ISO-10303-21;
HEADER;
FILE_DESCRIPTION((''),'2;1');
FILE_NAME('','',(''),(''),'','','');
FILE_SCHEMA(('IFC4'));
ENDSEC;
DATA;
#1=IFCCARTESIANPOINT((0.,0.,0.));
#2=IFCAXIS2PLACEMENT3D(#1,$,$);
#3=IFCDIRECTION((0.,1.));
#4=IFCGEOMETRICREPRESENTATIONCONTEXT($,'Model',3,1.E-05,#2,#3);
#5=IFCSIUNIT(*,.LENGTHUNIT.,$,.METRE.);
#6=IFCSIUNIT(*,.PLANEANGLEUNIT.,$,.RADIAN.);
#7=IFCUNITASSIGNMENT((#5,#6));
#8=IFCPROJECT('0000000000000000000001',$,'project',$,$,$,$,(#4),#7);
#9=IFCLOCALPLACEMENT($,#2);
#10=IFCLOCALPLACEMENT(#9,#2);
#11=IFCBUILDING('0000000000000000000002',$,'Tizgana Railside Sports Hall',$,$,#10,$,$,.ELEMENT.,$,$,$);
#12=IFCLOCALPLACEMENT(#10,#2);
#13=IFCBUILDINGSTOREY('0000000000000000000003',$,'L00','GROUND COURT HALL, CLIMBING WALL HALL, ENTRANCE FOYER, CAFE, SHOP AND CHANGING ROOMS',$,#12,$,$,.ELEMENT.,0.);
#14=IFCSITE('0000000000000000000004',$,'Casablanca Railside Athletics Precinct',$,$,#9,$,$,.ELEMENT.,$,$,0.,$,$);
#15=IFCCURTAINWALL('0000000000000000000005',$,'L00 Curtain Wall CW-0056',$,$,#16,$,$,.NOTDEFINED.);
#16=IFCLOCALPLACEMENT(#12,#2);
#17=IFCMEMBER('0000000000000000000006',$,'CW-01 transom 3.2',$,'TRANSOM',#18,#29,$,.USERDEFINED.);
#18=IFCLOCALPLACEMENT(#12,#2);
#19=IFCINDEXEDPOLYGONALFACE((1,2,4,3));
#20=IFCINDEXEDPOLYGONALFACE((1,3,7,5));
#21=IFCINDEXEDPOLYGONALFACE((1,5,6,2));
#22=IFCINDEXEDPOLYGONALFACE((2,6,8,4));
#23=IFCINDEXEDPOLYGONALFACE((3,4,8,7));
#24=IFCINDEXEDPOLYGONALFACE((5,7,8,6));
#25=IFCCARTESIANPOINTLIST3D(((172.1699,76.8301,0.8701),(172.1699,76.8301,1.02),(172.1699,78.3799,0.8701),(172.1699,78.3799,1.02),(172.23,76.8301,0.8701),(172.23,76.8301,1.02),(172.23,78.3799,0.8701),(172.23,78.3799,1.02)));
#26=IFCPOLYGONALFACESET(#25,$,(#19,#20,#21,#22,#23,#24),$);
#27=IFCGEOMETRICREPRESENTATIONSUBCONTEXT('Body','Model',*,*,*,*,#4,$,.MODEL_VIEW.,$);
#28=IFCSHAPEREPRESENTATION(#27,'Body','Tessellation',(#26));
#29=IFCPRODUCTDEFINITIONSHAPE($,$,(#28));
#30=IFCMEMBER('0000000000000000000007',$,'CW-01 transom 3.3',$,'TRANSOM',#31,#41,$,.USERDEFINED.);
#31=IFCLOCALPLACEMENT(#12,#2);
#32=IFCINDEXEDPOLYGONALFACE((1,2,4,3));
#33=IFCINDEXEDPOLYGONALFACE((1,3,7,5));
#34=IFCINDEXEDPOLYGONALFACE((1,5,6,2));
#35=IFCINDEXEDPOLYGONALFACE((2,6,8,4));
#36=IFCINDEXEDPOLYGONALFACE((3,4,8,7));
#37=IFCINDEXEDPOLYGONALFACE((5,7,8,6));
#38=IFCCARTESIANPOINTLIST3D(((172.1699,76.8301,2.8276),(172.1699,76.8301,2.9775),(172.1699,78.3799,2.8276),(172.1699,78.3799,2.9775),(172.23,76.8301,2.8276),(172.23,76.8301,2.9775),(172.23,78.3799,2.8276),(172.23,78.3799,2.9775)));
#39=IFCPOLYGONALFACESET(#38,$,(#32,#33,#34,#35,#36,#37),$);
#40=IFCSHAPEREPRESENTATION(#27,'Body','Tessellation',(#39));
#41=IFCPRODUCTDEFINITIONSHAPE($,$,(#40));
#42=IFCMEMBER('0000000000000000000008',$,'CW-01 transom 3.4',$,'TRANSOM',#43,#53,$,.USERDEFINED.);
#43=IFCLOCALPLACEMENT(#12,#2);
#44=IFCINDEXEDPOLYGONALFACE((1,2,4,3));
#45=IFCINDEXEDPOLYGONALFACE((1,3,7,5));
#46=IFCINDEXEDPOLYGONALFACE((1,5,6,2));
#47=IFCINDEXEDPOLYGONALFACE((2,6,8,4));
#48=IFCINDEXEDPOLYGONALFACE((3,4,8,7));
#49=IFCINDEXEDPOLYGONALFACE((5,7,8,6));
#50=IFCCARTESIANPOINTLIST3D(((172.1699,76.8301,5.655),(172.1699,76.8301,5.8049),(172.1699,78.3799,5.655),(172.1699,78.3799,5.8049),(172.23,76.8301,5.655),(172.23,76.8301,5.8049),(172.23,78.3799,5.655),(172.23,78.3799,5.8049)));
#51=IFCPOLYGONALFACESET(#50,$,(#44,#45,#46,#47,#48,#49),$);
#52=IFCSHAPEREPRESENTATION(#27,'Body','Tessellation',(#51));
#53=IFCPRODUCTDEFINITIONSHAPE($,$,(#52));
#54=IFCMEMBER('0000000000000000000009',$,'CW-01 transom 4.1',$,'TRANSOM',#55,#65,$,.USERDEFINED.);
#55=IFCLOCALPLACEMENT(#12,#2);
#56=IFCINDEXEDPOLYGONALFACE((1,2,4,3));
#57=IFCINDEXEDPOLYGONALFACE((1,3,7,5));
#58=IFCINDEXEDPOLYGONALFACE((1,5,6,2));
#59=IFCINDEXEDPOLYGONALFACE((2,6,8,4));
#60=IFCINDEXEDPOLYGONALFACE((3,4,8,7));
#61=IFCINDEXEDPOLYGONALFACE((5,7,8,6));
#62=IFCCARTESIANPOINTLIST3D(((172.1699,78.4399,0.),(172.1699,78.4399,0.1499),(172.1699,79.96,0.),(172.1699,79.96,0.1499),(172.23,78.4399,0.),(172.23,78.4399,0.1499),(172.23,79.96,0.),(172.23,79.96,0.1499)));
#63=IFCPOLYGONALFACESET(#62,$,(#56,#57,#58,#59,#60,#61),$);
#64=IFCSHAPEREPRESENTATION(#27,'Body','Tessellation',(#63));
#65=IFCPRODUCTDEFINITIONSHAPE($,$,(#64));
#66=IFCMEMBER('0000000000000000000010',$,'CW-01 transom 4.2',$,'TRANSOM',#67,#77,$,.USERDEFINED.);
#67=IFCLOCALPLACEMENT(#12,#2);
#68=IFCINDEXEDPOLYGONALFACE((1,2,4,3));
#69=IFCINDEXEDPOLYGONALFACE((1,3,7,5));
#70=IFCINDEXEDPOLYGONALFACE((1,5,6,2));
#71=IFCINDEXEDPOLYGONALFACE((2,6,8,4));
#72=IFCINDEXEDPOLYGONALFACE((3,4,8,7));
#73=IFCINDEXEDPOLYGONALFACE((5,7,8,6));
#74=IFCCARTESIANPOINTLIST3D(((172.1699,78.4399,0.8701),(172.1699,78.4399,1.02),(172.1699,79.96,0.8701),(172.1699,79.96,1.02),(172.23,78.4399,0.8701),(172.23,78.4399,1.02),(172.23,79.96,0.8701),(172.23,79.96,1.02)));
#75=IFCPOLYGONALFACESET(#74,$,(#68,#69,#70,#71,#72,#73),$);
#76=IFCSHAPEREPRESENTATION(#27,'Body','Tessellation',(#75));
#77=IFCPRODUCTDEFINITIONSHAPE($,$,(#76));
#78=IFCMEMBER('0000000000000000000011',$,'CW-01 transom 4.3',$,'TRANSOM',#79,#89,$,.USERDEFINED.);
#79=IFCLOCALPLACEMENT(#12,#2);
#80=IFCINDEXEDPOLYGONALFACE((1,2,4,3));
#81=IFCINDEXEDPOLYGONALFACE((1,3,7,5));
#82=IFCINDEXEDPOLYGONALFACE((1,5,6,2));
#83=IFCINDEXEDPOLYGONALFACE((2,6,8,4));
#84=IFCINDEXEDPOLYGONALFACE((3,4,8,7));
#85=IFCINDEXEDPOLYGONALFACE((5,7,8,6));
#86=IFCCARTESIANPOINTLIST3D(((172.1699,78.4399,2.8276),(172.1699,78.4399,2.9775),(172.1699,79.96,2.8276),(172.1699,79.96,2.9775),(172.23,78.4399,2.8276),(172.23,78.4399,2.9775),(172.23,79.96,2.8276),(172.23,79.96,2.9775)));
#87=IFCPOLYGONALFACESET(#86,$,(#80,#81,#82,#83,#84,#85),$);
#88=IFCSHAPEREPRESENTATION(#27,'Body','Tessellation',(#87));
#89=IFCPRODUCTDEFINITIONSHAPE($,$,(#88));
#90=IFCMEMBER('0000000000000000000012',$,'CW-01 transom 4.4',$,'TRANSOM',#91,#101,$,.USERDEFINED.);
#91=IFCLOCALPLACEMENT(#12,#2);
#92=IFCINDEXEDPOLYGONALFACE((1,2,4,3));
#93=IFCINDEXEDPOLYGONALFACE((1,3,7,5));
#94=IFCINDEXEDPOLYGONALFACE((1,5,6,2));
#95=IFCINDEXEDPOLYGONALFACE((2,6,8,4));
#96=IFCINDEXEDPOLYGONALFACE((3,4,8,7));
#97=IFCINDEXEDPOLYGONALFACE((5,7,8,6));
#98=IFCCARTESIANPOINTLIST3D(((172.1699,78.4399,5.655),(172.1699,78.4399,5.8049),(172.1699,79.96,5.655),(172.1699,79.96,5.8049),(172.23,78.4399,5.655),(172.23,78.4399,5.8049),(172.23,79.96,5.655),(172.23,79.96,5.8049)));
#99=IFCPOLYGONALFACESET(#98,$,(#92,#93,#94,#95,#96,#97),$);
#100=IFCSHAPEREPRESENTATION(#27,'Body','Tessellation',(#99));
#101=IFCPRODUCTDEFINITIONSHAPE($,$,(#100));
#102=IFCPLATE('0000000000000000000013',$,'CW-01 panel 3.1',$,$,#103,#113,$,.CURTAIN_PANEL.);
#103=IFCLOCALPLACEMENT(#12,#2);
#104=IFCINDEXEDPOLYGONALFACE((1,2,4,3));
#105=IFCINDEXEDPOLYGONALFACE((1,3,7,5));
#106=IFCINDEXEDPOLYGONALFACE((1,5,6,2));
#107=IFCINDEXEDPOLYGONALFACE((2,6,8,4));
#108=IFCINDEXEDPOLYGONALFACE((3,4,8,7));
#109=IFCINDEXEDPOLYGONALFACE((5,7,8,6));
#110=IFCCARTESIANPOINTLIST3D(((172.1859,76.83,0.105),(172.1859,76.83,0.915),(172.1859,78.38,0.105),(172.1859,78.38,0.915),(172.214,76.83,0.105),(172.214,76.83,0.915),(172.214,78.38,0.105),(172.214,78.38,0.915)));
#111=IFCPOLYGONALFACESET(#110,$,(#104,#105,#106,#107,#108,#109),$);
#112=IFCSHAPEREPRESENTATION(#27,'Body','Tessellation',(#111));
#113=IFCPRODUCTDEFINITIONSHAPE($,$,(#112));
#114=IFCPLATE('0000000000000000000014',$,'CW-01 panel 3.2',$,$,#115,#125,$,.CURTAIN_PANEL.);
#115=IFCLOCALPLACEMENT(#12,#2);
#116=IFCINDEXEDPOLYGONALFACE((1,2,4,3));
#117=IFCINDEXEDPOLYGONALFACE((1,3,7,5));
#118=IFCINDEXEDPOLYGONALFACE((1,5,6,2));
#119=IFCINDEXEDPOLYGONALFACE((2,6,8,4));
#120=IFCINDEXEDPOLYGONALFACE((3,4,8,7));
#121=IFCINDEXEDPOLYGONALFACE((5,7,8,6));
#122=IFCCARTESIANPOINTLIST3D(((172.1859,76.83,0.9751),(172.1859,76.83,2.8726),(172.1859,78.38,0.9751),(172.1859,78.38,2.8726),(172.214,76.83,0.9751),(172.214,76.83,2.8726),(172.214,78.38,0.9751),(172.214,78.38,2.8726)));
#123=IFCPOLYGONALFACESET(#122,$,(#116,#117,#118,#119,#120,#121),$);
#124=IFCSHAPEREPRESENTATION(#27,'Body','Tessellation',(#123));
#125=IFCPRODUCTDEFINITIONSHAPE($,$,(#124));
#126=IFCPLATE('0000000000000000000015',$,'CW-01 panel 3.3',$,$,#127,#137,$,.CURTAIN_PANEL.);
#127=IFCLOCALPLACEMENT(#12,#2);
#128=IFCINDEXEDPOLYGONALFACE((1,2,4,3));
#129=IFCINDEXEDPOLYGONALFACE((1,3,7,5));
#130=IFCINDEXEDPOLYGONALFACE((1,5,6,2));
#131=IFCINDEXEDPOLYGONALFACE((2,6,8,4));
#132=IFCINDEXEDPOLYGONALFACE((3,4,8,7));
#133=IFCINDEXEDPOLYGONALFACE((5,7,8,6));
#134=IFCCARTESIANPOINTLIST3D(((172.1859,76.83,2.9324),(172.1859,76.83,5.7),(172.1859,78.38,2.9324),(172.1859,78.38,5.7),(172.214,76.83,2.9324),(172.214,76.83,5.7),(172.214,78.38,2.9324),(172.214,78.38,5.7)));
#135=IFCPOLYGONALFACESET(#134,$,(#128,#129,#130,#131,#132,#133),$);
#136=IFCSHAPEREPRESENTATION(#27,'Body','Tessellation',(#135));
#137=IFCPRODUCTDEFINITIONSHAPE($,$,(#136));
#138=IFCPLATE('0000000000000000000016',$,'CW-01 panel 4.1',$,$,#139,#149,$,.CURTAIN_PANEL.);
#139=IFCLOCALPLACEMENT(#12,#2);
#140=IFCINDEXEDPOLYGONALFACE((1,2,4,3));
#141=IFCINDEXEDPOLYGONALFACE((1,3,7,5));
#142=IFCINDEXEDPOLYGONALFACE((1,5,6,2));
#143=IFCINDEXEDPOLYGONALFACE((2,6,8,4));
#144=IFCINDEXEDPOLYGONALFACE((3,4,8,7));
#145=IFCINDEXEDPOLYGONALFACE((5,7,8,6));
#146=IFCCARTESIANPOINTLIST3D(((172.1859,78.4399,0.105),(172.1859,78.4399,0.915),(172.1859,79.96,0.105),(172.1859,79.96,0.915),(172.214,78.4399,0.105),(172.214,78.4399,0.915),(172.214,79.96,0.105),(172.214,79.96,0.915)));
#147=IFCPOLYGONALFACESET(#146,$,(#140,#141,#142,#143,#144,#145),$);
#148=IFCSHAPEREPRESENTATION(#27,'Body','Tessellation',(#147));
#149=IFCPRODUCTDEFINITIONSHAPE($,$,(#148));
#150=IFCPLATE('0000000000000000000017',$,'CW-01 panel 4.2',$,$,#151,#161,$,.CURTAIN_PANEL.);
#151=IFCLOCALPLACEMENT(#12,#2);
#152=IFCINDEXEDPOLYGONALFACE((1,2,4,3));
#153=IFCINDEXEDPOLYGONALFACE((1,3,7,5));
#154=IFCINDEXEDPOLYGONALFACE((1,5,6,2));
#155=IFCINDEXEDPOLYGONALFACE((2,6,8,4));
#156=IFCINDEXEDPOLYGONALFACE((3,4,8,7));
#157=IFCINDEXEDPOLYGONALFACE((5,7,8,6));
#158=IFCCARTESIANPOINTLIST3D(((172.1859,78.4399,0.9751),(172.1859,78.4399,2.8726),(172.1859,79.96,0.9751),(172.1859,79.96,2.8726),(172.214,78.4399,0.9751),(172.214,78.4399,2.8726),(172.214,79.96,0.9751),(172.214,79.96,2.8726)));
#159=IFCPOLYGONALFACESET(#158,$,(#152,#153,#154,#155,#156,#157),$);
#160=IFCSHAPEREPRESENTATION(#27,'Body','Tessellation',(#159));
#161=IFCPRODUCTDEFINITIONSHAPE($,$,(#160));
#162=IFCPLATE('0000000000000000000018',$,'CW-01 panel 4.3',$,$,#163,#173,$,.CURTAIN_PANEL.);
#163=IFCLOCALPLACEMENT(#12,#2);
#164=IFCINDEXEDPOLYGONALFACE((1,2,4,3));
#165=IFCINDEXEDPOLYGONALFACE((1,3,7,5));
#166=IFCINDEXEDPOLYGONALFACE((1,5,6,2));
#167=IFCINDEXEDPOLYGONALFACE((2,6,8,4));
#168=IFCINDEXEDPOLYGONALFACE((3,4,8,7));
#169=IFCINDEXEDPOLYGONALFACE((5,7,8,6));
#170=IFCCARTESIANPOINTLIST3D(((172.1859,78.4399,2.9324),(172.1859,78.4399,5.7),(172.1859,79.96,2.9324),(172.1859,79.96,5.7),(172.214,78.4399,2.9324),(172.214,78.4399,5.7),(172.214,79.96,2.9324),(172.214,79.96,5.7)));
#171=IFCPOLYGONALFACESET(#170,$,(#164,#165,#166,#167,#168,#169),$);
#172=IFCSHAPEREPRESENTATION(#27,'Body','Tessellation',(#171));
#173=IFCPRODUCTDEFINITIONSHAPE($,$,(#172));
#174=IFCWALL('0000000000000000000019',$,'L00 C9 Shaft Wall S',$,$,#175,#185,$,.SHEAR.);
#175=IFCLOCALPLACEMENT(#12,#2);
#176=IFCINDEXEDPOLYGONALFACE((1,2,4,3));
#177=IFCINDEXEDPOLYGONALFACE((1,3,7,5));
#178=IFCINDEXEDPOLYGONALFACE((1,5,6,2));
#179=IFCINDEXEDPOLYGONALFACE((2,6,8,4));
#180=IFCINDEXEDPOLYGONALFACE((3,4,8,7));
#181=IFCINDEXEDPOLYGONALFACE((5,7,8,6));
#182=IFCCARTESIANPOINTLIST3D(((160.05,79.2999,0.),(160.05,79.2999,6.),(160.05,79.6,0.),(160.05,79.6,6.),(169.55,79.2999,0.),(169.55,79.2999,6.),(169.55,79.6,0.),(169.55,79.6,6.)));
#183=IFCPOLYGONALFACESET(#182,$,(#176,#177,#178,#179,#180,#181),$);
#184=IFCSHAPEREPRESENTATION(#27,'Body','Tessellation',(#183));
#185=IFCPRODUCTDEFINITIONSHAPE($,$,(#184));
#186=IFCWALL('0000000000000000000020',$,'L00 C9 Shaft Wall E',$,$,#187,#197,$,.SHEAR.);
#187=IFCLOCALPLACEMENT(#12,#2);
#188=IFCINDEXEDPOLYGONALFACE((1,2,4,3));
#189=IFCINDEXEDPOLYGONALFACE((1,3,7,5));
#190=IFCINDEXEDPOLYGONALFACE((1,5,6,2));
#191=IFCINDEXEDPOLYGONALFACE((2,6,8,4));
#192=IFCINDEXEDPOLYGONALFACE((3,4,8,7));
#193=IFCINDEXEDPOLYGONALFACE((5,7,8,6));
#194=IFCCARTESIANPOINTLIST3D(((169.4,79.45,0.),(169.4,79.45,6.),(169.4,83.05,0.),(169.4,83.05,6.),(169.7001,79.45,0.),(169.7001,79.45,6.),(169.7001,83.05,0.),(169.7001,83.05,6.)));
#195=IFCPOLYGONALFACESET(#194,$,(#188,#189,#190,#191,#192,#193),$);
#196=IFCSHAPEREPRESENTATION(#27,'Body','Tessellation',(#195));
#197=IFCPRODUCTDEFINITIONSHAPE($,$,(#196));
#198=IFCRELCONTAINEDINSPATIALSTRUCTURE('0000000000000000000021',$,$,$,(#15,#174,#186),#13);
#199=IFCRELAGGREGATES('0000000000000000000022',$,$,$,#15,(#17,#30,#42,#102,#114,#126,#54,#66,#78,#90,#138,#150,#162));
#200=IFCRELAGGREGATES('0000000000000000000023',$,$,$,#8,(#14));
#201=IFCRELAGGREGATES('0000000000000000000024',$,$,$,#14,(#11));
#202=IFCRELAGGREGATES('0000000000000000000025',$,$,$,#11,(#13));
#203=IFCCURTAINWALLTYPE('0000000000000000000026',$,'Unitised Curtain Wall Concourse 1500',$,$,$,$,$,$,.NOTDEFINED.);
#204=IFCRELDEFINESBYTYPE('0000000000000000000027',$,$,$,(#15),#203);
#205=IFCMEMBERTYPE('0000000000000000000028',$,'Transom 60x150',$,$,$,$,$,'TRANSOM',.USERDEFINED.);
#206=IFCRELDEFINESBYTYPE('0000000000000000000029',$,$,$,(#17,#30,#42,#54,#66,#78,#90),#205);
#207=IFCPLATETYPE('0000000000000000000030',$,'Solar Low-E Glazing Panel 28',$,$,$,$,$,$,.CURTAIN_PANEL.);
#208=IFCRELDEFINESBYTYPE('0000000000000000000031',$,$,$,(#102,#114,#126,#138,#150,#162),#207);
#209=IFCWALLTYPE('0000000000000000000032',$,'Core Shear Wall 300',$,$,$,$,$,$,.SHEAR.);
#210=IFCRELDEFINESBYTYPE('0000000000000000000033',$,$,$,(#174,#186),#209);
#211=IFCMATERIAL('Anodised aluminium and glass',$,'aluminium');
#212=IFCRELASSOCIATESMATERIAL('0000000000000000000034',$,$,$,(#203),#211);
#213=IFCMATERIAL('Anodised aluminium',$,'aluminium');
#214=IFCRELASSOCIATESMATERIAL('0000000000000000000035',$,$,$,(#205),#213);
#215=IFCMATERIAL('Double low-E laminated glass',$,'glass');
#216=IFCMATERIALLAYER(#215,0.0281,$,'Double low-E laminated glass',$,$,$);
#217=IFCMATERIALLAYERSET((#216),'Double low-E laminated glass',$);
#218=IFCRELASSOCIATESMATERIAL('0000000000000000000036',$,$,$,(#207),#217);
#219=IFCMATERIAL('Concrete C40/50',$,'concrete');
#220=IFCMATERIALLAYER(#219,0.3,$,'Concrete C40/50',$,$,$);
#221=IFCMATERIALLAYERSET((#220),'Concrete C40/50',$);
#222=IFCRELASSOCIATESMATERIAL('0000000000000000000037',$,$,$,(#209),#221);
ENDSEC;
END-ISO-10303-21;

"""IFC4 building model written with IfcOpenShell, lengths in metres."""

from ifc_helpers import new_model, si_unit, direction, frame, frame_2d, origin, origin_2d, place, context, subcontext, project, spatial, rectangle, extrude, material, layer, layer_set, material_profile, profile_set, type_object, element, aggregate, save


model = new_model("IFC4")

# Units and contexts
model_context = context("Model", 3, precision=1e-05, world=origin(), true_north=direction((0.0, 1.0)))
body_context = subcontext(model_context, "Body", "Model", "MODEL_VIEW")
ifc_project = project(units=[si_unit("LENGTHUNIT", "METRE"), si_unit("PLANEANGLEUNIT", "RADIAN")], contexts=[model_context])

# Site, building, storey
site_placement = place(None, origin())
site = spatial("IfcSite", under=ifc_project, at=site_placement, Name="Casablanca Railside Athletics Precinct", CompositionType="ELEMENT", RefElevation=0.0)
building_placement = place(site_placement, origin())
building = spatial("IfcBuilding", under=site, at=building_placement, Name="Tizgana Railside Sports Hall", CompositionType="ELEMENT")
storey_placement = place(building_placement, origin())
storey = spatial("IfcBuildingStorey", under=building, at=storey_placement, Name="L00", Description="GROUND COURT HALL, CLIMBING WALL HALL, ENTRANCE FOYER, CAFE, SHOP AND CHANGING ROOMS", CompositionType="ELEMENT", Elevation=0.0)

# Shared definitions
ifc_material_1 = material(Name="Concrete C40/50", Category="concrete")

# Curtain wall
ifc_material_2 = material(Name="Anodised aluminium and glass", Category="aluminium")
curtain_wall_type_1 = type_object("IfcCurtainWallType", Name="Unitised Curtain Wall Concourse 1500", PredefinedType="NOTDEFINED", material=ifc_material_2)
curtain_wall_1_placement = place(storey_placement, origin())
curtain_wall_1 = element("IfcCurtainWall", 1, at=curtain_wall_1_placement, inside=storey, type_object=curtain_wall_type_1, Name="L00 Curtain Wall CW-0056", PredefinedType="NOTDEFINED")
ifc_material_3 = material(Name="Anodised aluminium", Category="aluminium")

# Members
ifc_material_profile_1 = material_profile(ifc_material_3, rectangle(XDim=0.0601, YDim=0.1499, at=origin_2d()), Name="Transom 60x150")
ifc_profile_set_1 = profile_set([ifc_material_profile_1], Name="Anodised aluminium")
member_type_1 = type_object("IfcMemberType", Name="Transom 60x150", ElementType="TRANSOM", PredefinedType="USERDEFINED", material=ifc_profile_set_1)
member_1_placement = place(storey_placement, frame((172.2, 76.8301, 0.9451), z_axis=(0.0, 1.0, 0.0), x_axis=(-1.0, 0.0, 0.0)))
member_1 = element("IfcMember", 2, at=member_1_placement, type_object=member_type_1, Name="CW-01 transom 3.2", ObjectType="TRANSOM", PredefinedType="USERDEFINED", context=body_context, shape_type="SweptSolid", body=[
    extrude(rectangle(XDim=0.0601, YDim=0.1499, at=origin_2d()), origin(), (0.0, 0.0, 1.0), 1.5498),
])
member_2_placement = place(storey_placement, frame((172.2, 76.8301, 2.9026), z_axis=(0.0, 1.0, 0.0), x_axis=(-1.0, 0.0, 0.0)))
member_2 = element("IfcMember", 3, at=member_2_placement, type_object=member_type_1, Name="CW-01 transom 3.3", ObjectType="TRANSOM", PredefinedType="USERDEFINED", context=body_context, shape_type="SweptSolid", body=[
    extrude(rectangle(XDim=0.0601, YDim=0.1499, at=origin_2d()), origin(), (0.0, 0.0, 1.0), 1.5498),
])
member_3_placement = place(storey_placement, frame((172.2, 76.8301, 5.73), z_axis=(0.0, 1.0, 0.0), x_axis=(-1.0, 0.0, 0.0)))
member_3 = element("IfcMember", 4, at=member_3_placement, type_object=member_type_1, Name="CW-01 transom 3.4", ObjectType="TRANSOM", PredefinedType="USERDEFINED", context=body_context, shape_type="SweptSolid", body=[
    extrude(rectangle(XDim=0.0601, YDim=0.1499, at=origin_2d()), origin(), (0.0, 0.0, 1.0), 1.5498),
])
member_4_placement = place(storey_placement, frame((172.2, 78.4399, 0.075), z_axis=(0.0, 1.0, 0.0), x_axis=(-1.0, 0.0, 0.0)))
member_4 = element("IfcMember", 5, at=member_4_placement, type_object=member_type_1, Name="CW-01 transom 4.1", ObjectType="TRANSOM", PredefinedType="USERDEFINED", context=body_context, shape_type="SweptSolid", body=[
    extrude(rectangle(XDim=0.0601, YDim=0.1499, at=origin_2d()), origin(), (0.0, 0.0, 1.0), 1.52),
])
member_5_placement = place(storey_placement, frame((172.2, 78.4399, 0.9451), z_axis=(0.0, 1.0, 0.0), x_axis=(-1.0, 0.0, 0.0)))
member_5 = element("IfcMember", 6, at=member_5_placement, type_object=member_type_1, Name="CW-01 transom 4.2", ObjectType="TRANSOM", PredefinedType="USERDEFINED", context=body_context, shape_type="SweptSolid", body=[
    extrude(rectangle(XDim=0.0601, YDim=0.1499, at=origin_2d()), origin(), (0.0, 0.0, 1.0), 1.52),
])
member_6_placement = place(storey_placement, frame((172.2, 78.4399, 2.9026), z_axis=(0.0, 1.0, 0.0), x_axis=(-1.0, 0.0, 0.0)))
member_6 = element("IfcMember", 7, at=member_6_placement, type_object=member_type_1, Name="CW-01 transom 4.3", ObjectType="TRANSOM", PredefinedType="USERDEFINED", context=body_context, shape_type="SweptSolid", body=[
    extrude(rectangle(XDim=0.0601, YDim=0.1499, at=origin_2d()), origin(), (0.0, 0.0, 1.0), 1.52),
])
member_7_placement = place(storey_placement, frame((172.2, 78.4399, 5.73), z_axis=(0.0, 1.0, 0.0), x_axis=(-1.0, 0.0, 0.0)))
member_7 = element("IfcMember", 8, at=member_7_placement, type_object=member_type_1, Name="CW-01 transom 4.4", ObjectType="TRANSOM", PredefinedType="USERDEFINED", context=body_context, shape_type="SweptSolid", body=[
    extrude(rectangle(XDim=0.0601, YDim=0.1499, at=origin_2d()), origin(), (0.0, 0.0, 1.0), 1.52),
])

# Plates
ifc_material_4 = material(Name="Double low-E laminated glass", Category="glass")
ifc_layer_1 = layer(ifc_material_4, 0.0281, Name="Double low-E laminated glass")
ifc_layer_set_1 = layer_set([ifc_layer_1], Name="Double low-E laminated glass")
plate_type = type_object("IfcPlateType", Name="Solar Low-E Glazing Panel 28", PredefinedType="CURTAIN_PANEL", material=ifc_layer_set_1)
plate_1_placement = place(storey_placement, frame((172.2, 77.605, 0.105), z_axis=(0.0, 0.0, 1.0), x_axis=(0.0, 1.0, 0.0)))
plate_1 = element("IfcPlate", 9, at=plate_1_placement, type_object=plate_type, Name="CW-01 panel 3.1", PredefinedType="CURTAIN_PANEL", context=body_context, shape_type="SweptSolid", body=[
    extrude(rectangle(XDim=1.55, YDim=0.0281, at=origin_2d()), origin(), (0.0, 0.0, 1.0), 0.8101),
])
plate_2_placement = place(storey_placement, frame((172.2, 77.605, 0.9751), z_axis=(0.0, 0.0, 1.0), x_axis=(0.0, 1.0, 0.0)))
plate_2 = element("IfcPlate", 10, at=plate_2_placement, type_object=plate_type, Name="CW-01 panel 3.2", PredefinedType="CURTAIN_PANEL", context=body_context, shape_type="SweptSolid", body=[
    extrude(rectangle(XDim=1.55, YDim=0.0281, at=origin_2d()), origin(), (0.0, 0.0, 1.0), 1.8975),
])
plate_3_placement = place(storey_placement, frame((172.2, 77.605, 2.9324), z_axis=(0.0, 0.0, 1.0), x_axis=(0.0, 1.0, 0.0)))
plate_3 = element("IfcPlate", 11, at=plate_3_placement, type_object=plate_type, Name="CW-01 panel 3.3", PredefinedType="CURTAIN_PANEL", context=body_context, shape_type="SweptSolid", body=[
    extrude(rectangle(XDim=1.55, YDim=0.0281, at=origin_2d()), origin(), (0.0, 0.0, 1.0), 2.7676),
])
plate_4_placement = place(storey_placement, frame((172.2, 79.2, 0.105), z_axis=(0.0, 0.0, 1.0), x_axis=(0.0, 1.0, 0.0)))
plate_4 = element("IfcPlate", 12, at=plate_4_placement, type_object=plate_type, Name="CW-01 panel 4.1", PredefinedType="CURTAIN_PANEL", context=body_context, shape_type="SweptSolid", body=[
    extrude(rectangle(XDim=1.52, YDim=0.0281, at=origin_2d()), origin(), (0.0, 0.0, 1.0), 0.8101),
])
plate_5_placement = place(storey_placement, frame((172.2, 79.2, 0.9751), z_axis=(0.0, 0.0, 1.0), x_axis=(0.0, 1.0, 0.0)))
plate_5 = element("IfcPlate", 13, at=plate_5_placement, type_object=plate_type, Name="CW-01 panel 4.2", PredefinedType="CURTAIN_PANEL", context=body_context, shape_type="SweptSolid", body=[
    extrude(rectangle(XDim=1.52, YDim=0.0281, at=origin_2d()), origin(), (0.0, 0.0, 1.0), 1.8975),
])
plate_6_placement = place(storey_placement, frame((172.2, 79.2, 2.9324), z_axis=(0.0, 0.0, 1.0), x_axis=(0.0, 1.0, 0.0)))
plate_6 = element("IfcPlate", 14, at=plate_6_placement, type_object=plate_type, Name="CW-01 panel 4.3", PredefinedType="CURTAIN_PANEL", context=body_context, shape_type="SweptSolid", body=[
    extrude(rectangle(XDim=1.52, YDim=0.0281, at=origin_2d()), origin(), (0.0, 0.0, 1.0), 2.7676),
])
aggregate(curtain_wall_1, [member_1, member_2, member_3, plate_1, plate_2, plate_3, member_4, member_5, member_6, member_7, plate_4, plate_5, plate_6])

# Walls
ifc_layer_2 = layer(ifc_material_1, 0.3, Name="Concrete C40/50")
ifc_layer_set_2 = layer_set([ifc_layer_2], Name="Concrete C40/50")
wall_type = type_object("IfcWallType", Name="Core Shear Wall 300", PredefinedType="SHEAR", material=ifc_layer_set_2)
wall_1_placement = place(storey_placement, frame((169.55, 79.45, 0.0), z_axis=(0.0, 0.0, 1.0), x_axis=(-1.0, 0.0, 0.0)))
element("IfcWall", 15, at=wall_1_placement, inside=storey, type_object=wall_type, Name="L00 C9 Shaft Wall S", PredefinedType="SHEAR", context=body_context, shape_type="SweptSolid", body=[
    extrude(rectangle(XDim=9.5, YDim=0.3, at=frame_2d((4.75, 0.0))), origin(), (0.0, 0.0, 1.0), 6.0),
])
wall_2_placement = place(storey_placement, frame((169.55, 79.45, 0.0), z_axis=(0.0, 0.0, 1.0), x_axis=(0.0, 1.0, 0.0)))
element("IfcWall", 16, at=wall_2_placement, inside=storey, type_object=wall_type, Name="L00 C9 Shaft Wall E", PredefinedType="SHEAR", context=body_context, shape_type="SweptSolid", body=[
    extrude(rectangle(XDim=3.6001, YDim=0.3, at=frame_2d((1.8, 0.0))), origin(), (0.0, 0.0, 1.0), 6.0),
])

save(model, "model.ifc")
